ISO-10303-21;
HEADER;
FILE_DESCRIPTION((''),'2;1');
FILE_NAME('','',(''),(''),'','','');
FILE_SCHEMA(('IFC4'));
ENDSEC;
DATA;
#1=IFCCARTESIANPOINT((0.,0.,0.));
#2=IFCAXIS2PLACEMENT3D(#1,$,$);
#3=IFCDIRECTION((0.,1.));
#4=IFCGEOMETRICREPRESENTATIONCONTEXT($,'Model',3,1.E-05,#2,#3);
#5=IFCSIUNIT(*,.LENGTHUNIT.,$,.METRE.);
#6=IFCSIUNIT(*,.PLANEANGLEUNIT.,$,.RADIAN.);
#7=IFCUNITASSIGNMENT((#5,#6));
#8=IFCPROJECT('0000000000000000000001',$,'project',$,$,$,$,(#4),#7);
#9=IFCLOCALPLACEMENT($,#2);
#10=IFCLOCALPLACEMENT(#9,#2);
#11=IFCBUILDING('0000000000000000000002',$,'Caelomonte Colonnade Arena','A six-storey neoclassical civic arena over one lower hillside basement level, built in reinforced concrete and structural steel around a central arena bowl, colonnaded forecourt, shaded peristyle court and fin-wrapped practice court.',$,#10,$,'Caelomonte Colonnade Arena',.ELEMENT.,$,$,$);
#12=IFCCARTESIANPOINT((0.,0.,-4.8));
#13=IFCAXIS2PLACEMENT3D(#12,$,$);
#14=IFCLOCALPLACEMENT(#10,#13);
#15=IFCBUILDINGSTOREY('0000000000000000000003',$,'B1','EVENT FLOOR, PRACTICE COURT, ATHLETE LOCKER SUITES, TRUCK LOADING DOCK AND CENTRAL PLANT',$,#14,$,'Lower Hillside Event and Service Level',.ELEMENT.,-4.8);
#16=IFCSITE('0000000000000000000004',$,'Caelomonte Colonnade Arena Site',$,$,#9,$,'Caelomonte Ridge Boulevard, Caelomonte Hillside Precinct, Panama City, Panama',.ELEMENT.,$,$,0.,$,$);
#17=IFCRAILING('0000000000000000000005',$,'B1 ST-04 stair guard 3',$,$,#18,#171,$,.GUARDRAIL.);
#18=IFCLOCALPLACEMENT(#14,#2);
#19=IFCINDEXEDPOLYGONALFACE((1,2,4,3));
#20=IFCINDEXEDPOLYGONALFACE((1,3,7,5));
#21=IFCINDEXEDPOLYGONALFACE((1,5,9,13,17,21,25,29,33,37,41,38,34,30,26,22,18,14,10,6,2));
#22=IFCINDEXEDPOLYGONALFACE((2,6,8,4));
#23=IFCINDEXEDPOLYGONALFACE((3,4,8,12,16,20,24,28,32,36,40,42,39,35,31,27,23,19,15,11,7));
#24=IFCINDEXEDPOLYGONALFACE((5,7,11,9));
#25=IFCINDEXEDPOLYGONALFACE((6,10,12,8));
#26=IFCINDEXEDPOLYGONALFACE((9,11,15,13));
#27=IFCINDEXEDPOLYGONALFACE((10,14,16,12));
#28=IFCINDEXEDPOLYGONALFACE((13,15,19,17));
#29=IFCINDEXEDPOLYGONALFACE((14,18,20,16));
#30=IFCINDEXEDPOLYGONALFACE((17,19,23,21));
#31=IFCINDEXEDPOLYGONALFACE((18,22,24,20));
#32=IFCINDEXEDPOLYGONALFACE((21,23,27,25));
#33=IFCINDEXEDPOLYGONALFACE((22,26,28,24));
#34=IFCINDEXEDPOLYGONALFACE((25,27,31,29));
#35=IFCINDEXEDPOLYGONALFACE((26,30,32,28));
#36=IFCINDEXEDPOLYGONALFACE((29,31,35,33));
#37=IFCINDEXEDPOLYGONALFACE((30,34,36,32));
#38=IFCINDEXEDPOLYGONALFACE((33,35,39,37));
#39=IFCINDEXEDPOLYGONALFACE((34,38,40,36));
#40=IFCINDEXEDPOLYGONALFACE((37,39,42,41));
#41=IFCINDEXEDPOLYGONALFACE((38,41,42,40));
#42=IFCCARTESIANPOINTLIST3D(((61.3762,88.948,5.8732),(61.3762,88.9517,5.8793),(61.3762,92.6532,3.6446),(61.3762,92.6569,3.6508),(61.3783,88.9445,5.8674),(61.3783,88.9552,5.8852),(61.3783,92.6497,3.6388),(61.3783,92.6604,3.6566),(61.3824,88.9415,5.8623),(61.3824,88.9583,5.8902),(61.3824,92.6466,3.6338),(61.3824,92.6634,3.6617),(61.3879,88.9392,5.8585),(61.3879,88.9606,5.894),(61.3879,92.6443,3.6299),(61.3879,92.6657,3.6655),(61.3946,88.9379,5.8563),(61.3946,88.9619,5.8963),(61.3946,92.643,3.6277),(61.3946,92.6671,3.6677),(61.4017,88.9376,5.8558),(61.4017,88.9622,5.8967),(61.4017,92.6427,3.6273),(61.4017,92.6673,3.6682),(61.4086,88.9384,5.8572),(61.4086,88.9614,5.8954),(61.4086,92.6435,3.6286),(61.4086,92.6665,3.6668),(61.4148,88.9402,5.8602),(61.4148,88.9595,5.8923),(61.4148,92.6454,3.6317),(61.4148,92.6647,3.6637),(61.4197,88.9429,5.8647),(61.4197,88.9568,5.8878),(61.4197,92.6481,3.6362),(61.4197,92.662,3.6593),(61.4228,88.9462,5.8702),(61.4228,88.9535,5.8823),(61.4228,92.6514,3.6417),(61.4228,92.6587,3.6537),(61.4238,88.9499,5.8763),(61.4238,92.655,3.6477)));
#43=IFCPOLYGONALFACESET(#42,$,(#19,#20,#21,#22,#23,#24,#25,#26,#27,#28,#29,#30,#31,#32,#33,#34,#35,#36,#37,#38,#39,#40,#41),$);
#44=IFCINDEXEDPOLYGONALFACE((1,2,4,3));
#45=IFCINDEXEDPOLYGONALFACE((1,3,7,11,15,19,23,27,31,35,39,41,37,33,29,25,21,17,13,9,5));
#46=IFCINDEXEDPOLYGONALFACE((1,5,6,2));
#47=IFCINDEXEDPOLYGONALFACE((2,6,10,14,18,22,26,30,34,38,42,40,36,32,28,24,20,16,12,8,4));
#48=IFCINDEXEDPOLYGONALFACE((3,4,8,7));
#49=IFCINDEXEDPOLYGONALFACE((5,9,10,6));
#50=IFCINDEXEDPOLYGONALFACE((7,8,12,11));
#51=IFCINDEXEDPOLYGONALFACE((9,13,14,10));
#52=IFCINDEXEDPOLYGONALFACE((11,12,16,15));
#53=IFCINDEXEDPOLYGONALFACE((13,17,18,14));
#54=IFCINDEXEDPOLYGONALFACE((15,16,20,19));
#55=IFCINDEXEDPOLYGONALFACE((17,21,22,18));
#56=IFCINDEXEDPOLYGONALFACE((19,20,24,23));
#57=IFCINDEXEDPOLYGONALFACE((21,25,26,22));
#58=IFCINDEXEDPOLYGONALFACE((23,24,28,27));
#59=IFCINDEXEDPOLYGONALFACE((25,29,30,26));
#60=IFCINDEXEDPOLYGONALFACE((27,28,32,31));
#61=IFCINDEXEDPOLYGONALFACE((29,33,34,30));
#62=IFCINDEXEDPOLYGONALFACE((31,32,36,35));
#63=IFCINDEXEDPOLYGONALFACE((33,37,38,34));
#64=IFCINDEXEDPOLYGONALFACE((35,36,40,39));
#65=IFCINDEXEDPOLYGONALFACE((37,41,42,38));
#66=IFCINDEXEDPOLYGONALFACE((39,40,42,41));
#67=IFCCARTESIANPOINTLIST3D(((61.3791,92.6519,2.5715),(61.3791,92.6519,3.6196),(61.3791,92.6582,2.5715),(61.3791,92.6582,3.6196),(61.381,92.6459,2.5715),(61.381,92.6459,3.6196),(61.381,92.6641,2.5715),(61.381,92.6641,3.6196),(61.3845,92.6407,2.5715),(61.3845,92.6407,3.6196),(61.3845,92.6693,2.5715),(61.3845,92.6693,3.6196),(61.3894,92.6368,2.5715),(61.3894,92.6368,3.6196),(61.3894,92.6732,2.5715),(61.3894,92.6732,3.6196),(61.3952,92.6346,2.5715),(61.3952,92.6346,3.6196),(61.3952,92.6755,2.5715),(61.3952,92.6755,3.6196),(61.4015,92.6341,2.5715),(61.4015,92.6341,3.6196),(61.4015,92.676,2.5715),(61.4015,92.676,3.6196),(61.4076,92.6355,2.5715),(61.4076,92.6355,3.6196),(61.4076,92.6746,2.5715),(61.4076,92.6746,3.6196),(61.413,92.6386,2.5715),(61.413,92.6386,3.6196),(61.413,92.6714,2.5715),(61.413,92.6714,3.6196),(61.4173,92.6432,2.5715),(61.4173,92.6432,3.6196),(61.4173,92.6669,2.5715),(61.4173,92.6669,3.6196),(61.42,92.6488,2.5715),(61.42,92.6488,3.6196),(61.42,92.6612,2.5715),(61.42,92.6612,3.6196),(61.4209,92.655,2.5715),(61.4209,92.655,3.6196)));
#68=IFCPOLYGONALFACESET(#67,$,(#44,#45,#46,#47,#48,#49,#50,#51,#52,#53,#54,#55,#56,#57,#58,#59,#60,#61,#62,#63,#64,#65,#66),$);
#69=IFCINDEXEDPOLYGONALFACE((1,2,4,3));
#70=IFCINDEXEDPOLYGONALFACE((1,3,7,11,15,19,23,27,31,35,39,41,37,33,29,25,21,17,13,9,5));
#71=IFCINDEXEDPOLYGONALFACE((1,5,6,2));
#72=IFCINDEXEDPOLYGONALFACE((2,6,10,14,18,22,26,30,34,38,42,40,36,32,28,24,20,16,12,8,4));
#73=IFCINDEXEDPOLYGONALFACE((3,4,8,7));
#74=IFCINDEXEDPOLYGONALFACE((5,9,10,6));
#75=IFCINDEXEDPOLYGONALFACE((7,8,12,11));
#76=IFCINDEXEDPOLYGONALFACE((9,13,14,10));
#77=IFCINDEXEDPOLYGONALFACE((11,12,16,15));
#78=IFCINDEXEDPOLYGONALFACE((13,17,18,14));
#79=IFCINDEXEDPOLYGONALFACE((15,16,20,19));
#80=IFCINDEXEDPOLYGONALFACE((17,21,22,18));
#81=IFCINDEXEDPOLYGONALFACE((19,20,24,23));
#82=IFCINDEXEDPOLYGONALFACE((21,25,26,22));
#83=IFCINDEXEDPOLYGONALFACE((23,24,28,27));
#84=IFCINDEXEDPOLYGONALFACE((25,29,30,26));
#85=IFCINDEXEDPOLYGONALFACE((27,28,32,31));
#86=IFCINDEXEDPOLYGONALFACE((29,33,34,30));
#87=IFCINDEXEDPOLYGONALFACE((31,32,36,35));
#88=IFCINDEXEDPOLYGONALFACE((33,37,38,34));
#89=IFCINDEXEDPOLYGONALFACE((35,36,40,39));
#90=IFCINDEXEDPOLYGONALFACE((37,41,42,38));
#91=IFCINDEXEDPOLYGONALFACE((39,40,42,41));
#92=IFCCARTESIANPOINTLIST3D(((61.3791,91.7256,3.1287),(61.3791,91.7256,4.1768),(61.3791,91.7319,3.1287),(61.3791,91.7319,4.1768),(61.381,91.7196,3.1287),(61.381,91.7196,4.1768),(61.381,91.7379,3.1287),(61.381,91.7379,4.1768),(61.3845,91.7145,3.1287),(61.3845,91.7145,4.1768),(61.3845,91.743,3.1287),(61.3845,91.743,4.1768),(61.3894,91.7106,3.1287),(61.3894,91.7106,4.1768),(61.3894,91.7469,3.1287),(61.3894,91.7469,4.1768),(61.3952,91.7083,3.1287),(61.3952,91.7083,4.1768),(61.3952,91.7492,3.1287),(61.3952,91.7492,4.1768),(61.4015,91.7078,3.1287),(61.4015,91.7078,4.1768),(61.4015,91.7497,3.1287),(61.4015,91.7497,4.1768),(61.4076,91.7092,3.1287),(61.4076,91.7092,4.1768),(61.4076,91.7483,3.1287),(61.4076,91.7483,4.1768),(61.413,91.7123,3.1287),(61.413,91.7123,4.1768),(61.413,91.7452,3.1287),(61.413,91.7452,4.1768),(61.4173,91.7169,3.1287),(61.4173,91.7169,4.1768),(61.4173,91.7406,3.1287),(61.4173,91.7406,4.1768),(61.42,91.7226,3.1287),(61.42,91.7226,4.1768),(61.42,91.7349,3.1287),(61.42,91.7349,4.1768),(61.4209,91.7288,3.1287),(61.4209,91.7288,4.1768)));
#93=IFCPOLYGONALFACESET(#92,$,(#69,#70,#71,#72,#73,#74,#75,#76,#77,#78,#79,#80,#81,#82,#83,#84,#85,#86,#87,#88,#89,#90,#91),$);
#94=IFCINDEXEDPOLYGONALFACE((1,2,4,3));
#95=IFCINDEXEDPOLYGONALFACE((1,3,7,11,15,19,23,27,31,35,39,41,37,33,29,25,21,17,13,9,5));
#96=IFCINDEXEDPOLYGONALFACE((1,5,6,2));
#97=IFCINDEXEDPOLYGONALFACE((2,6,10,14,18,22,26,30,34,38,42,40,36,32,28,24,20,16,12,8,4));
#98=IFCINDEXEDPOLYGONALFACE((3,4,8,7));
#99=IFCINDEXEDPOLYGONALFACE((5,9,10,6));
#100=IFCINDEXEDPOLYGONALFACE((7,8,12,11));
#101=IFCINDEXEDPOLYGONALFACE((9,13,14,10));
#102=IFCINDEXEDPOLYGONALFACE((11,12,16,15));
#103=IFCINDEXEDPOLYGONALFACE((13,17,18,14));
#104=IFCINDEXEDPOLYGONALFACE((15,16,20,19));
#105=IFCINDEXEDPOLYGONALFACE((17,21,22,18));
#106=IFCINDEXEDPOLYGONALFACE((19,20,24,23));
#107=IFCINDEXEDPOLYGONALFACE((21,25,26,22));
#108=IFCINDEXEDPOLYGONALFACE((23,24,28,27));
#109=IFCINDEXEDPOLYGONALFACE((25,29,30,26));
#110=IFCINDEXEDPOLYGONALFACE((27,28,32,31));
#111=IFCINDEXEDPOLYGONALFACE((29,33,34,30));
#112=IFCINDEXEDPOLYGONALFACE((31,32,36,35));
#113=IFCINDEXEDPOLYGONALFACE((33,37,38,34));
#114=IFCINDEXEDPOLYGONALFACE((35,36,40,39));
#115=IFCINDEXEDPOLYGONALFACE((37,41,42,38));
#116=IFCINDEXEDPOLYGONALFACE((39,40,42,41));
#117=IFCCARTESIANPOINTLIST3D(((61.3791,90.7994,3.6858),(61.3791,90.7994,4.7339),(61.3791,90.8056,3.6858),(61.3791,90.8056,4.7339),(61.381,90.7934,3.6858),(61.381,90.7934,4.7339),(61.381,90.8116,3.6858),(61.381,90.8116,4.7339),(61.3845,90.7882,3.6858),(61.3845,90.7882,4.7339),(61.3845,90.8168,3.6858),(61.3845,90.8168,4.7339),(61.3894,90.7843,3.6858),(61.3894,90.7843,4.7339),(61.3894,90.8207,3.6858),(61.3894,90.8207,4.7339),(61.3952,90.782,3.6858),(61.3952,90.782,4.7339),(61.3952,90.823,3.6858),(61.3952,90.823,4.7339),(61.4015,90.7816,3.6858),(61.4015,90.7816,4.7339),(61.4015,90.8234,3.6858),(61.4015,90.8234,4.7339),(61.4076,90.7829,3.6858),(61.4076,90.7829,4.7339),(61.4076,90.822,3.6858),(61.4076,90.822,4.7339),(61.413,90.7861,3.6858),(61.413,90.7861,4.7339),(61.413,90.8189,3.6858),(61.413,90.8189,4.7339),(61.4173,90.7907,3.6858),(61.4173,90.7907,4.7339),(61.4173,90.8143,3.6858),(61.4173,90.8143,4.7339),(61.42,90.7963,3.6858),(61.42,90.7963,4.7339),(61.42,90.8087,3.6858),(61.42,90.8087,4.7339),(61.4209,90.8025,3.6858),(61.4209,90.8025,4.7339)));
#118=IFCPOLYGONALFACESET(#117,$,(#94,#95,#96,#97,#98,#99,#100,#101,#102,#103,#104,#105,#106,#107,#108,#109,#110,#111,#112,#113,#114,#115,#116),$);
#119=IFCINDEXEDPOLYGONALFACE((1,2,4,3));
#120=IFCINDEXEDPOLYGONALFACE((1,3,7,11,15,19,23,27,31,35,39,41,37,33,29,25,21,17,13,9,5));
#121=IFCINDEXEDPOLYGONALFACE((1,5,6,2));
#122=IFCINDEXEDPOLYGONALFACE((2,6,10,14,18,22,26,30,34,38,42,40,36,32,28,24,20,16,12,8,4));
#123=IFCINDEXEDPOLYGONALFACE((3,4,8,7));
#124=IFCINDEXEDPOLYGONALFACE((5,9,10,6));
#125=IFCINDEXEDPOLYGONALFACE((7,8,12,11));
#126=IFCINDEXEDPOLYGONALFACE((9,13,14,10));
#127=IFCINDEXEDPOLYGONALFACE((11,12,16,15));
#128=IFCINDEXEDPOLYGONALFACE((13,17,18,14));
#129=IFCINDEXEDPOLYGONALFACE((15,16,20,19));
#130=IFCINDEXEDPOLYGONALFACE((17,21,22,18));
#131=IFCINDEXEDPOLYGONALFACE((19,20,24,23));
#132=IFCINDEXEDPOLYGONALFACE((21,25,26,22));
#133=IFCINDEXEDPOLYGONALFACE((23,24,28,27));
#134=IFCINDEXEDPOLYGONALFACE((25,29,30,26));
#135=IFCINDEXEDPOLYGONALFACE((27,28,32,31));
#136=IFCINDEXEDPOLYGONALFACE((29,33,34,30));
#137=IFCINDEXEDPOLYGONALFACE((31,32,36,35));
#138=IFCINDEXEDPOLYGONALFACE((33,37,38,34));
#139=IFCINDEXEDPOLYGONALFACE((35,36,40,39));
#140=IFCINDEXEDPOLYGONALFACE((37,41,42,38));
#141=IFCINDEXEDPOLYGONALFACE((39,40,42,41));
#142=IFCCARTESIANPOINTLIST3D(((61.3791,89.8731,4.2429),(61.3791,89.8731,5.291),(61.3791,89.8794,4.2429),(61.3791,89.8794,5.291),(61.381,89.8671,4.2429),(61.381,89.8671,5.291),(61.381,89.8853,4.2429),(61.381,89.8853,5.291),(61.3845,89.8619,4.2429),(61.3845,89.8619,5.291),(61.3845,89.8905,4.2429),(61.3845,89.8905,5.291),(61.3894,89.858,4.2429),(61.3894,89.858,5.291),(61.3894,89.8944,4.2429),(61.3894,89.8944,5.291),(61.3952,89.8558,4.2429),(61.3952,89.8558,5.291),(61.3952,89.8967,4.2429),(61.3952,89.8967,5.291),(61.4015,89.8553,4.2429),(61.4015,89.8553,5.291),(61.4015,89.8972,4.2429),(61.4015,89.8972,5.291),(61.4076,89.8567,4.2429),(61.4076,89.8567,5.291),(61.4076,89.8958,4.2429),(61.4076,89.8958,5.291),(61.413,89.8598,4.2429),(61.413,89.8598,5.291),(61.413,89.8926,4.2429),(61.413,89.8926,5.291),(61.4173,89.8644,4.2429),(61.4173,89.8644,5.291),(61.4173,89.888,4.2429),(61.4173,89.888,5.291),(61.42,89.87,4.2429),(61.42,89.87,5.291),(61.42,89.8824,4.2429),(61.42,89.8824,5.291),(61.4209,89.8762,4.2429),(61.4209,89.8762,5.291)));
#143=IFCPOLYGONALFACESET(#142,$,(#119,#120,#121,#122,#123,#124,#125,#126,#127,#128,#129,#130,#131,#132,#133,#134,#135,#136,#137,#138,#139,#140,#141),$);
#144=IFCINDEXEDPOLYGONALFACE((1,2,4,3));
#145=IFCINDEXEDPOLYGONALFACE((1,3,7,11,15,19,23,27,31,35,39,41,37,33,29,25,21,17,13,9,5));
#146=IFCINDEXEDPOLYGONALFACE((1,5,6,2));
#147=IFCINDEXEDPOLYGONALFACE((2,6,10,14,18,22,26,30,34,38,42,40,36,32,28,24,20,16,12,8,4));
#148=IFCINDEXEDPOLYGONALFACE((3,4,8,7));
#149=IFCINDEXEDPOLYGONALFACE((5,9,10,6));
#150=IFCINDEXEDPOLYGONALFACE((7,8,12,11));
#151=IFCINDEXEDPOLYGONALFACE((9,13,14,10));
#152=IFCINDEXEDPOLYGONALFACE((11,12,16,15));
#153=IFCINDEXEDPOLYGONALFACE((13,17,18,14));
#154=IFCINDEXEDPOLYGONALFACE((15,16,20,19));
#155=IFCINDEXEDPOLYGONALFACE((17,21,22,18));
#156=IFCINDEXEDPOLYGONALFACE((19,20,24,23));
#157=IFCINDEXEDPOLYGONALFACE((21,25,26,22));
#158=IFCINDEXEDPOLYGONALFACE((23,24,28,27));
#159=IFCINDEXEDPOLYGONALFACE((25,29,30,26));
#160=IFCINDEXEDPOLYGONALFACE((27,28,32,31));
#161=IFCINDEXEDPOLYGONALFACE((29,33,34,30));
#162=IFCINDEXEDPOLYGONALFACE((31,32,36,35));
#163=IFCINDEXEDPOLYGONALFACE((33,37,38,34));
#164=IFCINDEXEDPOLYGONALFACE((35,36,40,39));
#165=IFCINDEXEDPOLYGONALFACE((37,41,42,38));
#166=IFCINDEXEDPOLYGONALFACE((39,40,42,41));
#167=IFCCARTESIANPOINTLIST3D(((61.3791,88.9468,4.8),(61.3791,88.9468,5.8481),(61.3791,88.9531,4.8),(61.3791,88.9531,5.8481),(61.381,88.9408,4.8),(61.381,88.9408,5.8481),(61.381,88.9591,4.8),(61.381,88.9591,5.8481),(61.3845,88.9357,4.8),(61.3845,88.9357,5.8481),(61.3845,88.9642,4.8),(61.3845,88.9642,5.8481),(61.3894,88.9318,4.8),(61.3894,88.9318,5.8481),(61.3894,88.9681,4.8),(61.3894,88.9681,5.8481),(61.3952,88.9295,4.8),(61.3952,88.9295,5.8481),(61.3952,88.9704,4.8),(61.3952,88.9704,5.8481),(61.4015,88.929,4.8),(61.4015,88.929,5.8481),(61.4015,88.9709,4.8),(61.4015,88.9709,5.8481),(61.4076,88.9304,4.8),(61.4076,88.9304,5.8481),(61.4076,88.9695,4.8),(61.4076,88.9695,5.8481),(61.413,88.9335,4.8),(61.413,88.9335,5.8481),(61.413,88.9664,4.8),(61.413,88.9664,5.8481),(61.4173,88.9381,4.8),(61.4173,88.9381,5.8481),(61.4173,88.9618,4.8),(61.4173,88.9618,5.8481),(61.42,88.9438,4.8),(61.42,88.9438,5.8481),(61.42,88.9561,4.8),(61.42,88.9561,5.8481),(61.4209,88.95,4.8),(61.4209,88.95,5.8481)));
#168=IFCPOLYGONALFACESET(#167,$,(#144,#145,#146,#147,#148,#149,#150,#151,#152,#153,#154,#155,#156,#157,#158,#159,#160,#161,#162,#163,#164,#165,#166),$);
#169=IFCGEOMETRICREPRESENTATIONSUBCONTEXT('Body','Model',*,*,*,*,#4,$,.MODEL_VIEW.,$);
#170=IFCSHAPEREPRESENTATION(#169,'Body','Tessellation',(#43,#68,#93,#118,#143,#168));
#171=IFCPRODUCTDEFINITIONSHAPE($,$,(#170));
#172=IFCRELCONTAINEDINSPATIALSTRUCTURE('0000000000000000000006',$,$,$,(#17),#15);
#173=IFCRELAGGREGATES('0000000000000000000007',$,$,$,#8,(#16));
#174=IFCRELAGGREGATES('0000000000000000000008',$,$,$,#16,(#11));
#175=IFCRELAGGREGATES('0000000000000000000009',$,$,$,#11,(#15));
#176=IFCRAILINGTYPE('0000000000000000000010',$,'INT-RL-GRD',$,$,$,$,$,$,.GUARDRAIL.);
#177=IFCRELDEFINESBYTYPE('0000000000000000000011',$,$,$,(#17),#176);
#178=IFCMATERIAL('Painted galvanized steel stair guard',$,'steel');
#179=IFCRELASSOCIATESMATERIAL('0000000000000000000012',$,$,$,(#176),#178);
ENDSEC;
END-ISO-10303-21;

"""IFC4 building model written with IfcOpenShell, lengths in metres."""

from ifc_helpers import new_model, si_unit, direction, frame, origin, origin_2d, place, context, subcontext, project, spatial, circle, extrude, material, type_object, element, save


model = new_model("IFC4")

# Units and contexts
model_context = context("Model", 3, precision=1e-05, world=origin(), true_north=direction((0.0, 1.0)))
body_context = subcontext(model_context, "Body", "Model", "MODEL_VIEW")
ifc_project = project(units=[si_unit("LENGTHUNIT", "METRE"), si_unit("PLANEANGLEUNIT", "RADIAN")], contexts=[model_context])

# Site, building, storey
site_placement = place(None, origin())
site = spatial("IfcSite", under=ifc_project, at=site_placement, Name="Caelomonte Colonnade Arena Site", LongName="Caelomonte Ridge Boulevard, Caelomonte Hillside Precinct, Panama City, Panama", CompositionType="ELEMENT", RefElevation=0.0)
building_placement = place(site_placement, origin())
building = spatial("IfcBuilding", under=site, at=building_placement, Name="Caelomonte Colonnade Arena", Description="A six-storey neoclassical civic arena over one lower hillside basement level, built in reinforced concrete and structural steel around a central arena bowl, colonnaded forecourt, shaded peristyle court and fin-wrapped practice court.", LongName="Caelomonte Colonnade Arena", CompositionType="ELEMENT")
storey_placement = place(building_placement, frame((0.0, 0.0, -4.8)))
storey = spatial("IfcBuildingStorey", under=building, at=storey_placement, Name="B1", Description="EVENT FLOOR, PRACTICE COURT, ATHLETE LOCKER SUITES, TRUCK LOADING DOCK AND CENTRAL PLANT", LongName="Lower Hillside Event and Service Level", CompositionType="ELEMENT", Elevation=-4.8)

# Railing
ifc_material_1 = material(Name="Painted galvanized steel stair guard", Category="steel")
railing_type_1 = type_object("IfcRailingType", Name="INT-RL-GRD", PredefinedType="GUARDRAIL", material=ifc_material_1)
railing_1_placement = place(storey_placement, frame((61.3999, 92.655, 2.5715)))
element("IfcRailing", 1, at=railing_1_placement, inside=storey, type_object=railing_type_1, Name="B1 ST-04 stair guard 3", PredefinedType="GUARDRAIL", context=body_context, shape_type="SweptSolid", body=[
    extrude(circle(Radius=0.0239, at=origin_2d()), frame((0.0, 0.0, 1.0762), z_axis=(0.0, -0.856934, 0.515425), x_axis=(1.0, 0.0, 0.0)), (0.0, 0.0, 1.0), 4.3237),
    extrude(circle(Radius=0.021, at=origin_2d()), origin(), (0.0, 0.0, 1.0), 1.0481),
    extrude(circle(Radius=0.021, at=origin_2d()), frame((0.0, -0.9263, 0.5571)), (0.0, 0.0, 1.0), 1.0481),
    extrude(circle(Radius=0.021, at=origin_2d()), frame((0.0, -1.8525, 1.1143)), (0.0, 0.0, 1.0), 1.0481),
    extrude(circle(Radius=0.021, at=origin_2d()), frame((0.0, -2.7788, 1.6714)), (0.0, 0.0, 1.0), 1.0481),
    extrude(circle(Radius=0.021, at=origin_2d()), frame((0.0, -3.7051, 2.2285)), (0.0, 0.0, 1.0), 1.0481),
])

save(model, "model.ifc")
